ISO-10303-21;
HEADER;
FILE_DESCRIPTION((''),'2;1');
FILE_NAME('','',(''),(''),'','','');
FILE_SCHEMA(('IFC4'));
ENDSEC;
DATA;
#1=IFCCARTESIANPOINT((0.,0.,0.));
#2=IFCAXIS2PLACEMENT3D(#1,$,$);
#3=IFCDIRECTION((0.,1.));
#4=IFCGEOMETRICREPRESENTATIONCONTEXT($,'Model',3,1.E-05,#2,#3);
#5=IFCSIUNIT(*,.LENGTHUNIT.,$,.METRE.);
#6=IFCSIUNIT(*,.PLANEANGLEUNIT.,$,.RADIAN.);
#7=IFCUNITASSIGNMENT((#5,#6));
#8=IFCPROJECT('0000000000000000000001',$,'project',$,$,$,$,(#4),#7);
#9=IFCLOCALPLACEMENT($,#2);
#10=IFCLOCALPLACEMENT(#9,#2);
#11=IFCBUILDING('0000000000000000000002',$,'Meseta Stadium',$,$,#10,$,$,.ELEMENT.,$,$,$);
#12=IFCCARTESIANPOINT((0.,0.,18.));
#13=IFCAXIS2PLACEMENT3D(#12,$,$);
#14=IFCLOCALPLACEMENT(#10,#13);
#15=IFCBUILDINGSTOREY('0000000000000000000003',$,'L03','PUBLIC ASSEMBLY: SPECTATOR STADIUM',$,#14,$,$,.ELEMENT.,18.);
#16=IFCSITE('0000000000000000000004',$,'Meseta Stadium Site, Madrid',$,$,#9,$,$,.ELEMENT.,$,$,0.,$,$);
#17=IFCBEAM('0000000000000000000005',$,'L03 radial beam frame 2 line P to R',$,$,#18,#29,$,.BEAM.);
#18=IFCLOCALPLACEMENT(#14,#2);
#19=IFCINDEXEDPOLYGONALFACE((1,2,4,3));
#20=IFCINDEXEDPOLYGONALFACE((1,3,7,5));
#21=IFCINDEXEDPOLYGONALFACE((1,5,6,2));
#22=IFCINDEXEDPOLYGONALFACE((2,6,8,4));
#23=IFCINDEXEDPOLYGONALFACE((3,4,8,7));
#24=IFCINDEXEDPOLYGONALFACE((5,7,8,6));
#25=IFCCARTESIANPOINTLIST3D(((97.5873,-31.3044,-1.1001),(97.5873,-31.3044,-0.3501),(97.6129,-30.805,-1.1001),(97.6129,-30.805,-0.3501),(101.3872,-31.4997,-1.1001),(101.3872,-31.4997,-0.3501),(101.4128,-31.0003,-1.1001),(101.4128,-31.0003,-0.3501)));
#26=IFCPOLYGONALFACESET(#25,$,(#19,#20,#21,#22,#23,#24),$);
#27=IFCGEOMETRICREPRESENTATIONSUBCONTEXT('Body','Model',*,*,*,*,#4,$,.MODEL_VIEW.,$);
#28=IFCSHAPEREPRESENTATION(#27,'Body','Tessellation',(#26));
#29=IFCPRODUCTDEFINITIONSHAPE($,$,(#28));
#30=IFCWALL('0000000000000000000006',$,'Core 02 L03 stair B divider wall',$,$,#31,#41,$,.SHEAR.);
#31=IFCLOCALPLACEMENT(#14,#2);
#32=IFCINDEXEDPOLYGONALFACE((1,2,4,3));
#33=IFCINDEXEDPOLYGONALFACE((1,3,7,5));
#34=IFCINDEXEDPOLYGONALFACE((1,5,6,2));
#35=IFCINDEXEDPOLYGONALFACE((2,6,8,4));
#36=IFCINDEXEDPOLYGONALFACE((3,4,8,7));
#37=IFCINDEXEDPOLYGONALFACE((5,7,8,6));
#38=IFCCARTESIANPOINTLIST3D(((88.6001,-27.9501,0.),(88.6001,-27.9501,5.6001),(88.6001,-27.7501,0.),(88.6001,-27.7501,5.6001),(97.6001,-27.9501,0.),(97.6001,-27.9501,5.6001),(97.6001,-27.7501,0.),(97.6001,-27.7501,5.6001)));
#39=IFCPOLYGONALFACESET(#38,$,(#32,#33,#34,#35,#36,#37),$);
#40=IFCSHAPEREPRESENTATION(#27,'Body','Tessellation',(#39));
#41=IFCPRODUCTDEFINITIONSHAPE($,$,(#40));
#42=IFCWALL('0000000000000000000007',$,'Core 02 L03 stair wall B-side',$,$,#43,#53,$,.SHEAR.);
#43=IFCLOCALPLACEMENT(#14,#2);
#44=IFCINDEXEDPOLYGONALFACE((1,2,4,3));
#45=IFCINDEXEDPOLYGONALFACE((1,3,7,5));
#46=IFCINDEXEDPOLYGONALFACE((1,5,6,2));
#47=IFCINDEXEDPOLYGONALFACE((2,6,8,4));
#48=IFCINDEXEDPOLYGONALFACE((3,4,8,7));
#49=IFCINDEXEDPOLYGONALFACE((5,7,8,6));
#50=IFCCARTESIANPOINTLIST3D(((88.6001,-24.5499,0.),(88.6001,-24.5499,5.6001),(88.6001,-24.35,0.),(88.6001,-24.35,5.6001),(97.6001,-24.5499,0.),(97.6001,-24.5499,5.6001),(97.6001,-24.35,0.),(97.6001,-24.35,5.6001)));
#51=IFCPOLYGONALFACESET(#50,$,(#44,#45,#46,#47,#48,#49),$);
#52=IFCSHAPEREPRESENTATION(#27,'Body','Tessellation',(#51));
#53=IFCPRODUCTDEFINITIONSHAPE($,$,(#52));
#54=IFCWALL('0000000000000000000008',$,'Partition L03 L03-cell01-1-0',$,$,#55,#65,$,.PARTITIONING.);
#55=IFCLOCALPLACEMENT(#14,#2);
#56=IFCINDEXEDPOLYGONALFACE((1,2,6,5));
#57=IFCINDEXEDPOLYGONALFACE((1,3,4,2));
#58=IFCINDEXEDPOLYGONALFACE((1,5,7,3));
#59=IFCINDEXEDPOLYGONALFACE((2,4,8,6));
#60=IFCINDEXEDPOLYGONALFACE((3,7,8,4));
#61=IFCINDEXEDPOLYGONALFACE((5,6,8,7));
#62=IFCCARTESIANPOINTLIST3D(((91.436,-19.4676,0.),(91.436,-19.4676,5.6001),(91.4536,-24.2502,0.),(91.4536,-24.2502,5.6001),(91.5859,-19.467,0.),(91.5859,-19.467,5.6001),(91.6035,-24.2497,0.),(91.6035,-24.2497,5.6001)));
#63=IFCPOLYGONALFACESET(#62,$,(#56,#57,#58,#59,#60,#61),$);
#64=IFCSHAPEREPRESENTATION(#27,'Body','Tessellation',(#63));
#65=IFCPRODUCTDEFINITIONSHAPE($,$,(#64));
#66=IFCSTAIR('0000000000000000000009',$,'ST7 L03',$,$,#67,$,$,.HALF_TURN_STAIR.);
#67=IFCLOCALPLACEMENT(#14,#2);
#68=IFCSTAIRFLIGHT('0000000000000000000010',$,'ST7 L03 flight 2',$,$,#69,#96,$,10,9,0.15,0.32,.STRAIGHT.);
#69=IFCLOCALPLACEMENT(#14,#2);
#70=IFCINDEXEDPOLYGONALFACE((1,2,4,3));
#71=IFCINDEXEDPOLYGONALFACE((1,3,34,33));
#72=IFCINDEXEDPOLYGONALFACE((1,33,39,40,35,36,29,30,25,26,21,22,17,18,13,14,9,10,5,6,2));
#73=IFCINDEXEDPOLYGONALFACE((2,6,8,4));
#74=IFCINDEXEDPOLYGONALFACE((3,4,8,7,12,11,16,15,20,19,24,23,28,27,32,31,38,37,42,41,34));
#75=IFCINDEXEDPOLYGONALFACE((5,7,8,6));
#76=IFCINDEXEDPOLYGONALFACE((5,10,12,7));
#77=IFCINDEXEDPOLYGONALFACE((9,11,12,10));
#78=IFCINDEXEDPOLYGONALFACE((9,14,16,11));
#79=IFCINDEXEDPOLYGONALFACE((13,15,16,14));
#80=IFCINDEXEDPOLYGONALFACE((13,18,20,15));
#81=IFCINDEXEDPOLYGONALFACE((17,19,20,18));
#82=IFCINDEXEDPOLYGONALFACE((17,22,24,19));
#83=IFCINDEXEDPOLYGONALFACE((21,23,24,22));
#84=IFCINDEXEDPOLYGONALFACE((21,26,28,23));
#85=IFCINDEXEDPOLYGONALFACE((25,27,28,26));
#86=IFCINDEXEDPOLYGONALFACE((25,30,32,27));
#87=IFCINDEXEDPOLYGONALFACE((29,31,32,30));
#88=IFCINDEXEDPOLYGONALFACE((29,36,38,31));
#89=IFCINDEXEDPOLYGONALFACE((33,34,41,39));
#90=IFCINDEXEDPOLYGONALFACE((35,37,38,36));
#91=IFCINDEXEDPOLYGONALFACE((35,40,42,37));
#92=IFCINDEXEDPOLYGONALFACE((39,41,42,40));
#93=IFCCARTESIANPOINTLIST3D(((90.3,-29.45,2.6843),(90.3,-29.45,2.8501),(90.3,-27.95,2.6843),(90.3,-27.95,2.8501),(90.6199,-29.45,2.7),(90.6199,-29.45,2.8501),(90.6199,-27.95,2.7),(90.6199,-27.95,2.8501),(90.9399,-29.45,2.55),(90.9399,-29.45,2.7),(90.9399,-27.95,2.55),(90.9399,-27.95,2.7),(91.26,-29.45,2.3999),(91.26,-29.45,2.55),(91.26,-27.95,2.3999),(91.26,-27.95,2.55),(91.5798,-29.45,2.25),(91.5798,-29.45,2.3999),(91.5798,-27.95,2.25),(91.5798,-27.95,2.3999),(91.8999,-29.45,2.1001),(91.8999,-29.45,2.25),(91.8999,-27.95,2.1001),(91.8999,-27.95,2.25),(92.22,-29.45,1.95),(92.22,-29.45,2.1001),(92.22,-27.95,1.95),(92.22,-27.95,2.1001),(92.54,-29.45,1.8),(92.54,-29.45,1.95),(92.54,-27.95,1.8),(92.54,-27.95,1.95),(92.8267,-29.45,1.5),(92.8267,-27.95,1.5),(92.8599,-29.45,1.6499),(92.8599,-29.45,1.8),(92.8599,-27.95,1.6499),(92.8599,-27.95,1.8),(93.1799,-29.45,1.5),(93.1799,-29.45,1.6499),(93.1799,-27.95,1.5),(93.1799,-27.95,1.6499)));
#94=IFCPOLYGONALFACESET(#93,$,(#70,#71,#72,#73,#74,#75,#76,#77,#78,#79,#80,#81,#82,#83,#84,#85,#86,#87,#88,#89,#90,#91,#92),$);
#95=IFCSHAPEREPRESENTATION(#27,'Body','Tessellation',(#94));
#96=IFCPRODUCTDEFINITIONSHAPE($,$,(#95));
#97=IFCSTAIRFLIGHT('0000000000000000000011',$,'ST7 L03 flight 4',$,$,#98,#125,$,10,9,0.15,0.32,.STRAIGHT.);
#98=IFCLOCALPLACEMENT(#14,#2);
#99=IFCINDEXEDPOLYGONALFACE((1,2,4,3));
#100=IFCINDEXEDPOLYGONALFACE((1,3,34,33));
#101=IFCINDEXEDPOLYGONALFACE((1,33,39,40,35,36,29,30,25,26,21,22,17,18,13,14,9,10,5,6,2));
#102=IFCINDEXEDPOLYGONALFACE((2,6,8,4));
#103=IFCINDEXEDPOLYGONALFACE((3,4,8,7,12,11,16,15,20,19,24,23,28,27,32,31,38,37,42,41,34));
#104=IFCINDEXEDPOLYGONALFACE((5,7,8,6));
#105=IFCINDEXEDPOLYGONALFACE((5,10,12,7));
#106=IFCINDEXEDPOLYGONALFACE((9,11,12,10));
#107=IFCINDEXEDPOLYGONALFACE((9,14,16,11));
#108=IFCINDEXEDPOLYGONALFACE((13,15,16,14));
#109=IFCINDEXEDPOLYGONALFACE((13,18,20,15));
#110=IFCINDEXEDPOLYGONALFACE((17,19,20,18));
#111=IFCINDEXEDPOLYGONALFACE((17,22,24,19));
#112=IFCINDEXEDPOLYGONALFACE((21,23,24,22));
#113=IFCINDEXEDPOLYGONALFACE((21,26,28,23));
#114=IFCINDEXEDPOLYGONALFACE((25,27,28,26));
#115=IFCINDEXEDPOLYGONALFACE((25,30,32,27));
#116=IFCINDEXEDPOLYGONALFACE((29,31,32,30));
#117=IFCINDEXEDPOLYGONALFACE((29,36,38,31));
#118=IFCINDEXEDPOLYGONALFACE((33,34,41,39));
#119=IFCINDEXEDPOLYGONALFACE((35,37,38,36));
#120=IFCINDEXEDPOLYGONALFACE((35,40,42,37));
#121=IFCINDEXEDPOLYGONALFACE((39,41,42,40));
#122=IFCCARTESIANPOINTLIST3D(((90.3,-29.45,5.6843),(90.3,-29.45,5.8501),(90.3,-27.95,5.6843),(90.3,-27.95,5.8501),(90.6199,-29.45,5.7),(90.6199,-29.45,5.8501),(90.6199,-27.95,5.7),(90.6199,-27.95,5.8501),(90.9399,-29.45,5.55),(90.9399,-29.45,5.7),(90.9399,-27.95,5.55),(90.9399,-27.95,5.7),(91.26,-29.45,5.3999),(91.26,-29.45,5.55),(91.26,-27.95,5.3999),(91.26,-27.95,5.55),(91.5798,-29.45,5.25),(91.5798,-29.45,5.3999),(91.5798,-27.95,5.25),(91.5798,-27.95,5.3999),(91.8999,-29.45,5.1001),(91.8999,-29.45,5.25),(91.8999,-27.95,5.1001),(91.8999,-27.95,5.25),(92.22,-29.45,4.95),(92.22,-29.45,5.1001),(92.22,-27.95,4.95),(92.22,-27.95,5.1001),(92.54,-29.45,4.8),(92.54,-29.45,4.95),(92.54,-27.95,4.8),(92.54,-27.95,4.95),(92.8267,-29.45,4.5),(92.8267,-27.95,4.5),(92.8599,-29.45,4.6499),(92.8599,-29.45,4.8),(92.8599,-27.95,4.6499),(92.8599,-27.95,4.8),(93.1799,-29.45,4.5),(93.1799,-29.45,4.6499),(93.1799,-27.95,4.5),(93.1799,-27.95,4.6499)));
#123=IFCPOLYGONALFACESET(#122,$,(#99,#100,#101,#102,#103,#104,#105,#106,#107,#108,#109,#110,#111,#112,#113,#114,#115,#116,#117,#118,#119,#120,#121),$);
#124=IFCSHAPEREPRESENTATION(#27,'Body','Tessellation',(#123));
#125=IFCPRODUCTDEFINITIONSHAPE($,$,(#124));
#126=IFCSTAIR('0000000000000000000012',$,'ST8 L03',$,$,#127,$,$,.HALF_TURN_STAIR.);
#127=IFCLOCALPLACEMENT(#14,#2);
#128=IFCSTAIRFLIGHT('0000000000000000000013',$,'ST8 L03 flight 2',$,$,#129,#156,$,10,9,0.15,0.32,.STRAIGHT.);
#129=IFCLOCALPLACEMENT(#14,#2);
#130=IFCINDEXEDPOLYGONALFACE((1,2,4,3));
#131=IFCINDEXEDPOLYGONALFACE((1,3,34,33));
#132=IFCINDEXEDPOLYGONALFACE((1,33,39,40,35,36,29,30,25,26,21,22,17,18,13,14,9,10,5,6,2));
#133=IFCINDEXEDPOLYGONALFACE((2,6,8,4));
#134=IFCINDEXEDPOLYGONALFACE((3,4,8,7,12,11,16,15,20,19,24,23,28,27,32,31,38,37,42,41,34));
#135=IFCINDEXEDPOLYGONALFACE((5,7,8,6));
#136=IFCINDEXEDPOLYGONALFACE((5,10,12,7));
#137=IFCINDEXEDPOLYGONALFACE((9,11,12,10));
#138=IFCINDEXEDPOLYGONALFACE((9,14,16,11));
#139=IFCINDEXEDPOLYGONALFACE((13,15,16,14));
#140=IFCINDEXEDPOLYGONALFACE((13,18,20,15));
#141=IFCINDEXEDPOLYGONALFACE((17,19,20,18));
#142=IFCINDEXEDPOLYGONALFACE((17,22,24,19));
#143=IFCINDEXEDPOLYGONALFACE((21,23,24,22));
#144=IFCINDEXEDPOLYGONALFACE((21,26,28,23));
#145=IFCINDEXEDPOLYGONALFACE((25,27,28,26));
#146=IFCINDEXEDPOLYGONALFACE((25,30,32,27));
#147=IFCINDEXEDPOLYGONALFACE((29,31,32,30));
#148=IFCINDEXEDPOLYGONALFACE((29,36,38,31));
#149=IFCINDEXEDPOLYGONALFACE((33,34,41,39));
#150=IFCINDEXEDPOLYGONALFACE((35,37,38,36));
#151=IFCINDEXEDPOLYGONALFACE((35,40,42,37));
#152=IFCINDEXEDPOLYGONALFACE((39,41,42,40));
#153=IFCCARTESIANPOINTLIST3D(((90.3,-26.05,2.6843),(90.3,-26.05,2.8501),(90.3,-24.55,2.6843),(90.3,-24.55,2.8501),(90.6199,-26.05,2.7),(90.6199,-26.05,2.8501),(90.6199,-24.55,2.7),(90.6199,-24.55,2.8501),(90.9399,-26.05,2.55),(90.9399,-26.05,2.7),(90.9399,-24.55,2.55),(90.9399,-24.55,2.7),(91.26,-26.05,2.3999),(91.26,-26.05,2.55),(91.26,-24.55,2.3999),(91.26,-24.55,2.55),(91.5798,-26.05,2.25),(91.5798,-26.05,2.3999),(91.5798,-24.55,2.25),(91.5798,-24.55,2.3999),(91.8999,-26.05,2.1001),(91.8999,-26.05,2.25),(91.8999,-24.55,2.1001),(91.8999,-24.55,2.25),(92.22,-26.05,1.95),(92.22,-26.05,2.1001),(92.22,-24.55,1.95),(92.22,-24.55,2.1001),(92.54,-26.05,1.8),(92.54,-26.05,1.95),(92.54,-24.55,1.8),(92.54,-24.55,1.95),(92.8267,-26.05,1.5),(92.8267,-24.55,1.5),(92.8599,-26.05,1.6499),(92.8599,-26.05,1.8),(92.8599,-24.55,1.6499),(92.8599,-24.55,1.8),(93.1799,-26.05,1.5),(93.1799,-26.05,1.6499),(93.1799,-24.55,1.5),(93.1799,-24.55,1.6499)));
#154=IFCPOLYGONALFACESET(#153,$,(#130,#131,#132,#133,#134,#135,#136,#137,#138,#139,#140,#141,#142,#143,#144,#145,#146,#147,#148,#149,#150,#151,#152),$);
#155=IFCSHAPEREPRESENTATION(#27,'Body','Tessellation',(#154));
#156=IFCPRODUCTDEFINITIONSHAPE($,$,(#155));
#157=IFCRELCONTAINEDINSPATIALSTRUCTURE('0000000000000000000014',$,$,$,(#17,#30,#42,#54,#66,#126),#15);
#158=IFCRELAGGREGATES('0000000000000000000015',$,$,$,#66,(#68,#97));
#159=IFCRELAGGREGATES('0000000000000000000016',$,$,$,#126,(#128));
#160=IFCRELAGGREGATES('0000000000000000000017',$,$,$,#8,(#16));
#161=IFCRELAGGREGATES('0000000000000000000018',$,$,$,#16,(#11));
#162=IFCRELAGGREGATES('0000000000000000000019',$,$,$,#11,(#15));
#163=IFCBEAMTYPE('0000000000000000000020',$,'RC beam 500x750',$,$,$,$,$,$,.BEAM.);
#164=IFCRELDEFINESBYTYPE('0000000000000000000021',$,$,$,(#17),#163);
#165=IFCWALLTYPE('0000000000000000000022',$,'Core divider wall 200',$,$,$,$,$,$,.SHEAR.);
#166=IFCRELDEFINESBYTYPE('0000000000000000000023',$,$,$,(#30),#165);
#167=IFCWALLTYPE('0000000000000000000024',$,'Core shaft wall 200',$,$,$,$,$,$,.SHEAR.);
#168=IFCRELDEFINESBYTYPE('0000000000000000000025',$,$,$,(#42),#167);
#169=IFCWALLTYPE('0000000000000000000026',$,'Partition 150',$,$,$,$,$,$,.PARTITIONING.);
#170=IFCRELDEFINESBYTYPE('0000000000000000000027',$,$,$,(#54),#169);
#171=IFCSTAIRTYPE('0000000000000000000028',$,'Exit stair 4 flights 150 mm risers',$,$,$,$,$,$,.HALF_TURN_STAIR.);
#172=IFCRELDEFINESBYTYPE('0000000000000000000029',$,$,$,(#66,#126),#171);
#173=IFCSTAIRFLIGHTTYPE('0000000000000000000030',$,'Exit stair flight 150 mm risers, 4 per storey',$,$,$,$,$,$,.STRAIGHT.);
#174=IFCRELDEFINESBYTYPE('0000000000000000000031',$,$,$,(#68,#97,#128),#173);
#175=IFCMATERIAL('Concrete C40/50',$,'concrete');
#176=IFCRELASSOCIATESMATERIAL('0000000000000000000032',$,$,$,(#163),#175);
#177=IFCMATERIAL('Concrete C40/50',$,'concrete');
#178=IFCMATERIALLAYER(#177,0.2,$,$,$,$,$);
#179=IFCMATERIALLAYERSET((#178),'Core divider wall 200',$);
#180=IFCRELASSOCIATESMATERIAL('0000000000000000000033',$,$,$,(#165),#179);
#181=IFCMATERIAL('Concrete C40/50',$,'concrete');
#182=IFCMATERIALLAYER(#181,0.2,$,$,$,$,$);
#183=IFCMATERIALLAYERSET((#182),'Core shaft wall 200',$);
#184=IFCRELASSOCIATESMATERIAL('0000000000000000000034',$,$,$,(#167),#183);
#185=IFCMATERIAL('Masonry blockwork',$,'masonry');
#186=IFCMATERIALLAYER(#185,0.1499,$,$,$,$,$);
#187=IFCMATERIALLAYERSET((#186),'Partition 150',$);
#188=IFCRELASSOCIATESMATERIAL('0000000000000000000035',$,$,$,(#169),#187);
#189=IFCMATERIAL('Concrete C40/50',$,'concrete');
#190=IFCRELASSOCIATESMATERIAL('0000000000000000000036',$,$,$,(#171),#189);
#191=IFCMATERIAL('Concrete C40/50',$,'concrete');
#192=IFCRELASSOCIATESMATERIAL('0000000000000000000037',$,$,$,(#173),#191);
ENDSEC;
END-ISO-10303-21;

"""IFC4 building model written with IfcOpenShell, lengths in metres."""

from ifc_helpers import new_model, si_unit, direction, frame, frame_2d, origin, origin_2d, place, context, subcontext, project, spatial, polyline, rectangle, outline, extrude, material, layer, layer_set, material_profile, profile_set, type_object, element, aggregate, save


model = new_model("IFC4")

# Units and contexts
model_context = context("Model", 3, precision=1e-05, world=origin(), true_north=direction((0.0, 1.0)))
body_context = subcontext(model_context, "Body", "Model", "MODEL_VIEW")
ifc_project = project(units=[si_unit("LENGTHUNIT", "METRE"), si_unit("PLANEANGLEUNIT", "RADIAN")], contexts=[model_context])

# Site, building, storey
site_placement = place(None, origin())
site = spatial("IfcSite", under=ifc_project, at=site_placement, Name="Meseta Stadium Site, Madrid", CompositionType="ELEMENT", RefElevation=0.0)
building_placement = place(site_placement, origin())
building = spatial("IfcBuilding", under=site, at=building_placement, Name="Meseta Stadium", CompositionType="ELEMENT")
storey_placement = place(building_placement, frame((0.0, 0.0, 18.0)))
storey = spatial("IfcBuildingStorey", under=building, at=storey_placement, Name="L03", Description="PUBLIC ASSEMBLY: SPECTATOR STADIUM", CompositionType="ELEMENT", Elevation=18.0)

# Beam
ifc_material_1 = material(Name="Concrete C40/50", Category="concrete")
ifc_material_profile = material_profile(ifc_material_1, rectangle(XDim=0.5, YDim=0.75, at=origin_2d()), Name="RC 500x750")
ifc_profile_set = profile_set([ifc_material_profile], Name="Concrete C40/50")
beam_type = type_object("IfcBeamType", Name="RC beam 500x750", PredefinedType="BEAM", material=ifc_profile_set)
beam_placement = place(storey_placement, frame((97.6001, -31.0547, -0.7251), z_axis=(0.998682, -0.051333, 0.0), x_axis=(0.051333, 0.998682, 0.0)))
element("IfcBeam", 1, at=beam_placement, inside=storey, type_object=beam_type, Name="L03 radial beam frame 2 line P to R", PredefinedType="BEAM", context=body_context, shape_type="SweptSolid", body=[
    extrude(rectangle(XDim=0.5, YDim=0.75, at=origin_2d()), origin(), (0.0, 0.0, 1.0), 3.8049),
])

# Walls
ifc_material_2 = material(Name="Concrete C40/50", Category="concrete")
ifc_layer_1 = layer(ifc_material_2, 0.2)
ifc_layer_set_1 = layer_set([ifc_layer_1], Name="Core divider wall 200")
wall_type_1 = type_object("IfcWallType", Name="Core divider wall 200", PredefinedType="SHEAR", material=ifc_layer_set_1)
wall_1_placement = place(storey_placement, frame((97.6001, -27.8501, 0.0), z_axis=(0.0, 0.0, 1.0), x_axis=(-1.0, 0.0, 0.0)))
element("IfcWall", 2, at=wall_1_placement, inside=storey, type_object=wall_type_1, Name="Core 02 L03 stair B divider wall", PredefinedType="SHEAR", context=body_context, shape_type="SweptSolid", body=[
    extrude(rectangle(XDim=9.0, YDim=0.2, at=frame_2d((4.5, 0.0))), origin(), (0.0, 0.0, 1.0), 5.6001),
])
ifc_material_3 = material(Name="Concrete C40/50", Category="concrete")
ifc_layer_2 = layer(ifc_material_3, 0.2)
ifc_layer_set_2 = layer_set([ifc_layer_2], Name="Core shaft wall 200")
wall_type_2 = type_object("IfcWallType", Name="Core shaft wall 200", PredefinedType="SHEAR", material=ifc_layer_set_2)
wall_2_placement = place(storey_placement, frame((97.6001, -24.45, 0.0), z_axis=(0.0, 0.0, 1.0), x_axis=(-1.0, 0.0, 0.0)))
element("IfcWall", 3, at=wall_2_placement, inside=storey, type_object=wall_type_2, Name="Core 02 L03 stair wall B-side", PredefinedType="SHEAR", context=body_context, shape_type="SweptSolid", body=[
    extrude(rectangle(XDim=9.0, YDim=0.2, at=frame_2d((4.5, 0.0))), origin(), (0.0, 0.0, 1.0), 5.6001),
])
ifc_material_4 = material(Name="Masonry blockwork", Category="masonry")
ifc_layer_3 = layer(ifc_material_4, 0.1499)
ifc_layer_set_3 = layer_set([ifc_layer_3], Name="Partition 150")
wall_type_3 = type_object("IfcWallType", Name="Partition 150", PredefinedType="PARTITIONING", material=ifc_layer_set_3)
wall_3_placement = place(storey_placement, frame((91.511, -19.4673, 0.0), z_axis=(0.0, 0.0, 1.0), x_axis=(0.003675, -0.999993, 0.0)))
element("IfcWall", 4, at=wall_3_placement, inside=storey, type_object=wall_type_3, Name="Partition L03 L03-cell01-1-0", PredefinedType="PARTITIONING", context=body_context, shape_type="SweptSolid", body=[
    extrude(rectangle(XDim=4.7827, YDim=0.1499, at=frame_2d((2.3914, 0.0))), origin(), (0.0, 0.0, 1.0), 5.6001),
])

# Stairs, stair flights
ifc_material_5 = material(Name="Concrete C40/50", Category="concrete")
stair_type = type_object("IfcStairType", Name="Exit stair 4 flights 150 mm risers", PredefinedType="HALF_TURN_STAIR", material=ifc_material_5)
stair_1_placement = place(storey_placement, origin())
stair_1 = element("IfcStair", 5, at=stair_1_placement, inside=storey, type_object=stair_type, Name="ST7 L03", PredefinedType="HALF_TURN_STAIR")
ifc_material_6 = material(Name="Concrete C40/50", Category="concrete")
stair_flight_type = type_object("IfcStairFlightType", Name="Exit stair flight 150 mm risers, 4 per storey", PredefinedType="STRAIGHT", material=ifc_material_6)
stair_flight_1_placement = place(storey_placement, frame((93.1799, -28.7, 1.5), z_axis=(0.0, 0.0, 1.0), x_axis=(-1.0, 0.0, 0.0)))
stair_flight_1 = element("IfcStairFlight", 6, at=stair_flight_1_placement, type_object=stair_flight_type, Name="ST7 L03 flight 2", NumberOfRisers=10, NumberOfTreads=9, PredefinedType="STRAIGHT", RiserHeight=0.15, TreadLength=0.32, context=body_context, shape_type="SweptSolid", body=[
    extrude(outline(polyline([(0.0, 0.0), (0.0, 0.1499), (0.3201, 0.1499), (0.3201, 0.3), (0.6399, 0.3), (0.6399, 0.45), (0.96, 0.45), (0.96, 0.6001), (1.28, 0.6001), (1.28, 0.75), (1.6001, 0.75), (1.6001, 0.8999), (1.9199, 0.8999), (1.9199, 1.05), (2.24, 1.05), (2.24, 1.2), (2.5601, 1.2), (2.5601, 1.3501), (2.8799, 1.3501), (2.8799, 1.1843), (0.3533, 0.0), (0.0, 0.0)])), frame((0.0, 0.75, 0.0), z_axis=(0.0, -1.0, 0.0), x_axis=(1.0, 0.0, 0.0)), (0.0, 0.0, 1.0), 1.5),
])
stair_flight_2_placement = place(storey_placement, frame((93.1799, -28.7, 4.5), z_axis=(0.0, 0.0, 1.0), x_axis=(-1.0, 0.0, 0.0)))
stair_flight_2 = element("IfcStairFlight", 7, at=stair_flight_2_placement, type_object=stair_flight_type, Name="ST7 L03 flight 4", NumberOfRisers=10, NumberOfTreads=9, PredefinedType="STRAIGHT", RiserHeight=0.15, TreadLength=0.32, context=body_context, shape_type="SweptSolid", body=[
    extrude(outline(polyline([(0.0, 0.0), (0.0, 0.1499), (0.3201, 0.1499), (0.3201, 0.3), (0.6399, 0.3), (0.6399, 0.45), (0.96, 0.45), (0.96, 0.6001), (1.28, 0.6001), (1.28, 0.75), (1.6001, 0.75), (1.6001, 0.8999), (1.9199, 0.8999), (1.9199, 1.05), (2.24, 1.05), (2.24, 1.2), (2.5601, 1.2), (2.5601, 1.3501), (2.8799, 1.3501), (2.8799, 1.1843), (0.3533, 0.0), (0.0, 0.0)])), frame((0.0, 0.75, 0.0), z_axis=(0.0, -1.0, 0.0), x_axis=(1.0, 0.0, 0.0)), (0.0, 0.0, 1.0), 1.5),
])
aggregate(stair_1, [stair_flight_1, stair_flight_2])
stair_2_placement = place(storey_placement, origin())
stair_2 = element("IfcStair", 8, at=stair_2_placement, inside=storey, type_object=stair_type, Name="ST8 L03", PredefinedType="HALF_TURN_STAIR")
stair_flight_3_placement = place(storey_placement, frame((93.1799, -25.3, 1.5), z_axis=(0.0, 0.0, 1.0), x_axis=(-1.0, 0.0, 0.0)))
stair_flight_3 = element("IfcStairFlight", 9, at=stair_flight_3_placement, type_object=stair_flight_type, Name="ST8 L03 flight 2", NumberOfRisers=10, NumberOfTreads=9, PredefinedType="STRAIGHT", RiserHeight=0.15, TreadLength=0.32, context=body_context, shape_type="SweptSolid", body=[
    extrude(outline(polyline([(0.0, 0.0), (0.0, 0.1499), (0.3201, 0.1499), (0.3201, 0.3), (0.6399, 0.3), (0.6399, 0.45), (0.96, 0.45), (0.96, 0.6001), (1.28, 0.6001), (1.28, 0.75), (1.6001, 0.75), (1.6001, 0.8999), (1.9199, 0.8999), (1.9199, 1.05), (2.24, 1.05), (2.24, 1.2), (2.5601, 1.2), (2.5601, 1.3501), (2.8799, 1.3501), (2.8799, 1.1843), (0.3533, 0.0), (0.0, 0.0)])), frame((0.0, 0.75, 0.0), z_axis=(0.0, -1.0, 0.0), x_axis=(1.0, 0.0, 0.0)), (0.0, 0.0, 1.0), 1.5),
])
aggregate(stair_2, [stair_flight_3])

save(model, "model.ifc")
